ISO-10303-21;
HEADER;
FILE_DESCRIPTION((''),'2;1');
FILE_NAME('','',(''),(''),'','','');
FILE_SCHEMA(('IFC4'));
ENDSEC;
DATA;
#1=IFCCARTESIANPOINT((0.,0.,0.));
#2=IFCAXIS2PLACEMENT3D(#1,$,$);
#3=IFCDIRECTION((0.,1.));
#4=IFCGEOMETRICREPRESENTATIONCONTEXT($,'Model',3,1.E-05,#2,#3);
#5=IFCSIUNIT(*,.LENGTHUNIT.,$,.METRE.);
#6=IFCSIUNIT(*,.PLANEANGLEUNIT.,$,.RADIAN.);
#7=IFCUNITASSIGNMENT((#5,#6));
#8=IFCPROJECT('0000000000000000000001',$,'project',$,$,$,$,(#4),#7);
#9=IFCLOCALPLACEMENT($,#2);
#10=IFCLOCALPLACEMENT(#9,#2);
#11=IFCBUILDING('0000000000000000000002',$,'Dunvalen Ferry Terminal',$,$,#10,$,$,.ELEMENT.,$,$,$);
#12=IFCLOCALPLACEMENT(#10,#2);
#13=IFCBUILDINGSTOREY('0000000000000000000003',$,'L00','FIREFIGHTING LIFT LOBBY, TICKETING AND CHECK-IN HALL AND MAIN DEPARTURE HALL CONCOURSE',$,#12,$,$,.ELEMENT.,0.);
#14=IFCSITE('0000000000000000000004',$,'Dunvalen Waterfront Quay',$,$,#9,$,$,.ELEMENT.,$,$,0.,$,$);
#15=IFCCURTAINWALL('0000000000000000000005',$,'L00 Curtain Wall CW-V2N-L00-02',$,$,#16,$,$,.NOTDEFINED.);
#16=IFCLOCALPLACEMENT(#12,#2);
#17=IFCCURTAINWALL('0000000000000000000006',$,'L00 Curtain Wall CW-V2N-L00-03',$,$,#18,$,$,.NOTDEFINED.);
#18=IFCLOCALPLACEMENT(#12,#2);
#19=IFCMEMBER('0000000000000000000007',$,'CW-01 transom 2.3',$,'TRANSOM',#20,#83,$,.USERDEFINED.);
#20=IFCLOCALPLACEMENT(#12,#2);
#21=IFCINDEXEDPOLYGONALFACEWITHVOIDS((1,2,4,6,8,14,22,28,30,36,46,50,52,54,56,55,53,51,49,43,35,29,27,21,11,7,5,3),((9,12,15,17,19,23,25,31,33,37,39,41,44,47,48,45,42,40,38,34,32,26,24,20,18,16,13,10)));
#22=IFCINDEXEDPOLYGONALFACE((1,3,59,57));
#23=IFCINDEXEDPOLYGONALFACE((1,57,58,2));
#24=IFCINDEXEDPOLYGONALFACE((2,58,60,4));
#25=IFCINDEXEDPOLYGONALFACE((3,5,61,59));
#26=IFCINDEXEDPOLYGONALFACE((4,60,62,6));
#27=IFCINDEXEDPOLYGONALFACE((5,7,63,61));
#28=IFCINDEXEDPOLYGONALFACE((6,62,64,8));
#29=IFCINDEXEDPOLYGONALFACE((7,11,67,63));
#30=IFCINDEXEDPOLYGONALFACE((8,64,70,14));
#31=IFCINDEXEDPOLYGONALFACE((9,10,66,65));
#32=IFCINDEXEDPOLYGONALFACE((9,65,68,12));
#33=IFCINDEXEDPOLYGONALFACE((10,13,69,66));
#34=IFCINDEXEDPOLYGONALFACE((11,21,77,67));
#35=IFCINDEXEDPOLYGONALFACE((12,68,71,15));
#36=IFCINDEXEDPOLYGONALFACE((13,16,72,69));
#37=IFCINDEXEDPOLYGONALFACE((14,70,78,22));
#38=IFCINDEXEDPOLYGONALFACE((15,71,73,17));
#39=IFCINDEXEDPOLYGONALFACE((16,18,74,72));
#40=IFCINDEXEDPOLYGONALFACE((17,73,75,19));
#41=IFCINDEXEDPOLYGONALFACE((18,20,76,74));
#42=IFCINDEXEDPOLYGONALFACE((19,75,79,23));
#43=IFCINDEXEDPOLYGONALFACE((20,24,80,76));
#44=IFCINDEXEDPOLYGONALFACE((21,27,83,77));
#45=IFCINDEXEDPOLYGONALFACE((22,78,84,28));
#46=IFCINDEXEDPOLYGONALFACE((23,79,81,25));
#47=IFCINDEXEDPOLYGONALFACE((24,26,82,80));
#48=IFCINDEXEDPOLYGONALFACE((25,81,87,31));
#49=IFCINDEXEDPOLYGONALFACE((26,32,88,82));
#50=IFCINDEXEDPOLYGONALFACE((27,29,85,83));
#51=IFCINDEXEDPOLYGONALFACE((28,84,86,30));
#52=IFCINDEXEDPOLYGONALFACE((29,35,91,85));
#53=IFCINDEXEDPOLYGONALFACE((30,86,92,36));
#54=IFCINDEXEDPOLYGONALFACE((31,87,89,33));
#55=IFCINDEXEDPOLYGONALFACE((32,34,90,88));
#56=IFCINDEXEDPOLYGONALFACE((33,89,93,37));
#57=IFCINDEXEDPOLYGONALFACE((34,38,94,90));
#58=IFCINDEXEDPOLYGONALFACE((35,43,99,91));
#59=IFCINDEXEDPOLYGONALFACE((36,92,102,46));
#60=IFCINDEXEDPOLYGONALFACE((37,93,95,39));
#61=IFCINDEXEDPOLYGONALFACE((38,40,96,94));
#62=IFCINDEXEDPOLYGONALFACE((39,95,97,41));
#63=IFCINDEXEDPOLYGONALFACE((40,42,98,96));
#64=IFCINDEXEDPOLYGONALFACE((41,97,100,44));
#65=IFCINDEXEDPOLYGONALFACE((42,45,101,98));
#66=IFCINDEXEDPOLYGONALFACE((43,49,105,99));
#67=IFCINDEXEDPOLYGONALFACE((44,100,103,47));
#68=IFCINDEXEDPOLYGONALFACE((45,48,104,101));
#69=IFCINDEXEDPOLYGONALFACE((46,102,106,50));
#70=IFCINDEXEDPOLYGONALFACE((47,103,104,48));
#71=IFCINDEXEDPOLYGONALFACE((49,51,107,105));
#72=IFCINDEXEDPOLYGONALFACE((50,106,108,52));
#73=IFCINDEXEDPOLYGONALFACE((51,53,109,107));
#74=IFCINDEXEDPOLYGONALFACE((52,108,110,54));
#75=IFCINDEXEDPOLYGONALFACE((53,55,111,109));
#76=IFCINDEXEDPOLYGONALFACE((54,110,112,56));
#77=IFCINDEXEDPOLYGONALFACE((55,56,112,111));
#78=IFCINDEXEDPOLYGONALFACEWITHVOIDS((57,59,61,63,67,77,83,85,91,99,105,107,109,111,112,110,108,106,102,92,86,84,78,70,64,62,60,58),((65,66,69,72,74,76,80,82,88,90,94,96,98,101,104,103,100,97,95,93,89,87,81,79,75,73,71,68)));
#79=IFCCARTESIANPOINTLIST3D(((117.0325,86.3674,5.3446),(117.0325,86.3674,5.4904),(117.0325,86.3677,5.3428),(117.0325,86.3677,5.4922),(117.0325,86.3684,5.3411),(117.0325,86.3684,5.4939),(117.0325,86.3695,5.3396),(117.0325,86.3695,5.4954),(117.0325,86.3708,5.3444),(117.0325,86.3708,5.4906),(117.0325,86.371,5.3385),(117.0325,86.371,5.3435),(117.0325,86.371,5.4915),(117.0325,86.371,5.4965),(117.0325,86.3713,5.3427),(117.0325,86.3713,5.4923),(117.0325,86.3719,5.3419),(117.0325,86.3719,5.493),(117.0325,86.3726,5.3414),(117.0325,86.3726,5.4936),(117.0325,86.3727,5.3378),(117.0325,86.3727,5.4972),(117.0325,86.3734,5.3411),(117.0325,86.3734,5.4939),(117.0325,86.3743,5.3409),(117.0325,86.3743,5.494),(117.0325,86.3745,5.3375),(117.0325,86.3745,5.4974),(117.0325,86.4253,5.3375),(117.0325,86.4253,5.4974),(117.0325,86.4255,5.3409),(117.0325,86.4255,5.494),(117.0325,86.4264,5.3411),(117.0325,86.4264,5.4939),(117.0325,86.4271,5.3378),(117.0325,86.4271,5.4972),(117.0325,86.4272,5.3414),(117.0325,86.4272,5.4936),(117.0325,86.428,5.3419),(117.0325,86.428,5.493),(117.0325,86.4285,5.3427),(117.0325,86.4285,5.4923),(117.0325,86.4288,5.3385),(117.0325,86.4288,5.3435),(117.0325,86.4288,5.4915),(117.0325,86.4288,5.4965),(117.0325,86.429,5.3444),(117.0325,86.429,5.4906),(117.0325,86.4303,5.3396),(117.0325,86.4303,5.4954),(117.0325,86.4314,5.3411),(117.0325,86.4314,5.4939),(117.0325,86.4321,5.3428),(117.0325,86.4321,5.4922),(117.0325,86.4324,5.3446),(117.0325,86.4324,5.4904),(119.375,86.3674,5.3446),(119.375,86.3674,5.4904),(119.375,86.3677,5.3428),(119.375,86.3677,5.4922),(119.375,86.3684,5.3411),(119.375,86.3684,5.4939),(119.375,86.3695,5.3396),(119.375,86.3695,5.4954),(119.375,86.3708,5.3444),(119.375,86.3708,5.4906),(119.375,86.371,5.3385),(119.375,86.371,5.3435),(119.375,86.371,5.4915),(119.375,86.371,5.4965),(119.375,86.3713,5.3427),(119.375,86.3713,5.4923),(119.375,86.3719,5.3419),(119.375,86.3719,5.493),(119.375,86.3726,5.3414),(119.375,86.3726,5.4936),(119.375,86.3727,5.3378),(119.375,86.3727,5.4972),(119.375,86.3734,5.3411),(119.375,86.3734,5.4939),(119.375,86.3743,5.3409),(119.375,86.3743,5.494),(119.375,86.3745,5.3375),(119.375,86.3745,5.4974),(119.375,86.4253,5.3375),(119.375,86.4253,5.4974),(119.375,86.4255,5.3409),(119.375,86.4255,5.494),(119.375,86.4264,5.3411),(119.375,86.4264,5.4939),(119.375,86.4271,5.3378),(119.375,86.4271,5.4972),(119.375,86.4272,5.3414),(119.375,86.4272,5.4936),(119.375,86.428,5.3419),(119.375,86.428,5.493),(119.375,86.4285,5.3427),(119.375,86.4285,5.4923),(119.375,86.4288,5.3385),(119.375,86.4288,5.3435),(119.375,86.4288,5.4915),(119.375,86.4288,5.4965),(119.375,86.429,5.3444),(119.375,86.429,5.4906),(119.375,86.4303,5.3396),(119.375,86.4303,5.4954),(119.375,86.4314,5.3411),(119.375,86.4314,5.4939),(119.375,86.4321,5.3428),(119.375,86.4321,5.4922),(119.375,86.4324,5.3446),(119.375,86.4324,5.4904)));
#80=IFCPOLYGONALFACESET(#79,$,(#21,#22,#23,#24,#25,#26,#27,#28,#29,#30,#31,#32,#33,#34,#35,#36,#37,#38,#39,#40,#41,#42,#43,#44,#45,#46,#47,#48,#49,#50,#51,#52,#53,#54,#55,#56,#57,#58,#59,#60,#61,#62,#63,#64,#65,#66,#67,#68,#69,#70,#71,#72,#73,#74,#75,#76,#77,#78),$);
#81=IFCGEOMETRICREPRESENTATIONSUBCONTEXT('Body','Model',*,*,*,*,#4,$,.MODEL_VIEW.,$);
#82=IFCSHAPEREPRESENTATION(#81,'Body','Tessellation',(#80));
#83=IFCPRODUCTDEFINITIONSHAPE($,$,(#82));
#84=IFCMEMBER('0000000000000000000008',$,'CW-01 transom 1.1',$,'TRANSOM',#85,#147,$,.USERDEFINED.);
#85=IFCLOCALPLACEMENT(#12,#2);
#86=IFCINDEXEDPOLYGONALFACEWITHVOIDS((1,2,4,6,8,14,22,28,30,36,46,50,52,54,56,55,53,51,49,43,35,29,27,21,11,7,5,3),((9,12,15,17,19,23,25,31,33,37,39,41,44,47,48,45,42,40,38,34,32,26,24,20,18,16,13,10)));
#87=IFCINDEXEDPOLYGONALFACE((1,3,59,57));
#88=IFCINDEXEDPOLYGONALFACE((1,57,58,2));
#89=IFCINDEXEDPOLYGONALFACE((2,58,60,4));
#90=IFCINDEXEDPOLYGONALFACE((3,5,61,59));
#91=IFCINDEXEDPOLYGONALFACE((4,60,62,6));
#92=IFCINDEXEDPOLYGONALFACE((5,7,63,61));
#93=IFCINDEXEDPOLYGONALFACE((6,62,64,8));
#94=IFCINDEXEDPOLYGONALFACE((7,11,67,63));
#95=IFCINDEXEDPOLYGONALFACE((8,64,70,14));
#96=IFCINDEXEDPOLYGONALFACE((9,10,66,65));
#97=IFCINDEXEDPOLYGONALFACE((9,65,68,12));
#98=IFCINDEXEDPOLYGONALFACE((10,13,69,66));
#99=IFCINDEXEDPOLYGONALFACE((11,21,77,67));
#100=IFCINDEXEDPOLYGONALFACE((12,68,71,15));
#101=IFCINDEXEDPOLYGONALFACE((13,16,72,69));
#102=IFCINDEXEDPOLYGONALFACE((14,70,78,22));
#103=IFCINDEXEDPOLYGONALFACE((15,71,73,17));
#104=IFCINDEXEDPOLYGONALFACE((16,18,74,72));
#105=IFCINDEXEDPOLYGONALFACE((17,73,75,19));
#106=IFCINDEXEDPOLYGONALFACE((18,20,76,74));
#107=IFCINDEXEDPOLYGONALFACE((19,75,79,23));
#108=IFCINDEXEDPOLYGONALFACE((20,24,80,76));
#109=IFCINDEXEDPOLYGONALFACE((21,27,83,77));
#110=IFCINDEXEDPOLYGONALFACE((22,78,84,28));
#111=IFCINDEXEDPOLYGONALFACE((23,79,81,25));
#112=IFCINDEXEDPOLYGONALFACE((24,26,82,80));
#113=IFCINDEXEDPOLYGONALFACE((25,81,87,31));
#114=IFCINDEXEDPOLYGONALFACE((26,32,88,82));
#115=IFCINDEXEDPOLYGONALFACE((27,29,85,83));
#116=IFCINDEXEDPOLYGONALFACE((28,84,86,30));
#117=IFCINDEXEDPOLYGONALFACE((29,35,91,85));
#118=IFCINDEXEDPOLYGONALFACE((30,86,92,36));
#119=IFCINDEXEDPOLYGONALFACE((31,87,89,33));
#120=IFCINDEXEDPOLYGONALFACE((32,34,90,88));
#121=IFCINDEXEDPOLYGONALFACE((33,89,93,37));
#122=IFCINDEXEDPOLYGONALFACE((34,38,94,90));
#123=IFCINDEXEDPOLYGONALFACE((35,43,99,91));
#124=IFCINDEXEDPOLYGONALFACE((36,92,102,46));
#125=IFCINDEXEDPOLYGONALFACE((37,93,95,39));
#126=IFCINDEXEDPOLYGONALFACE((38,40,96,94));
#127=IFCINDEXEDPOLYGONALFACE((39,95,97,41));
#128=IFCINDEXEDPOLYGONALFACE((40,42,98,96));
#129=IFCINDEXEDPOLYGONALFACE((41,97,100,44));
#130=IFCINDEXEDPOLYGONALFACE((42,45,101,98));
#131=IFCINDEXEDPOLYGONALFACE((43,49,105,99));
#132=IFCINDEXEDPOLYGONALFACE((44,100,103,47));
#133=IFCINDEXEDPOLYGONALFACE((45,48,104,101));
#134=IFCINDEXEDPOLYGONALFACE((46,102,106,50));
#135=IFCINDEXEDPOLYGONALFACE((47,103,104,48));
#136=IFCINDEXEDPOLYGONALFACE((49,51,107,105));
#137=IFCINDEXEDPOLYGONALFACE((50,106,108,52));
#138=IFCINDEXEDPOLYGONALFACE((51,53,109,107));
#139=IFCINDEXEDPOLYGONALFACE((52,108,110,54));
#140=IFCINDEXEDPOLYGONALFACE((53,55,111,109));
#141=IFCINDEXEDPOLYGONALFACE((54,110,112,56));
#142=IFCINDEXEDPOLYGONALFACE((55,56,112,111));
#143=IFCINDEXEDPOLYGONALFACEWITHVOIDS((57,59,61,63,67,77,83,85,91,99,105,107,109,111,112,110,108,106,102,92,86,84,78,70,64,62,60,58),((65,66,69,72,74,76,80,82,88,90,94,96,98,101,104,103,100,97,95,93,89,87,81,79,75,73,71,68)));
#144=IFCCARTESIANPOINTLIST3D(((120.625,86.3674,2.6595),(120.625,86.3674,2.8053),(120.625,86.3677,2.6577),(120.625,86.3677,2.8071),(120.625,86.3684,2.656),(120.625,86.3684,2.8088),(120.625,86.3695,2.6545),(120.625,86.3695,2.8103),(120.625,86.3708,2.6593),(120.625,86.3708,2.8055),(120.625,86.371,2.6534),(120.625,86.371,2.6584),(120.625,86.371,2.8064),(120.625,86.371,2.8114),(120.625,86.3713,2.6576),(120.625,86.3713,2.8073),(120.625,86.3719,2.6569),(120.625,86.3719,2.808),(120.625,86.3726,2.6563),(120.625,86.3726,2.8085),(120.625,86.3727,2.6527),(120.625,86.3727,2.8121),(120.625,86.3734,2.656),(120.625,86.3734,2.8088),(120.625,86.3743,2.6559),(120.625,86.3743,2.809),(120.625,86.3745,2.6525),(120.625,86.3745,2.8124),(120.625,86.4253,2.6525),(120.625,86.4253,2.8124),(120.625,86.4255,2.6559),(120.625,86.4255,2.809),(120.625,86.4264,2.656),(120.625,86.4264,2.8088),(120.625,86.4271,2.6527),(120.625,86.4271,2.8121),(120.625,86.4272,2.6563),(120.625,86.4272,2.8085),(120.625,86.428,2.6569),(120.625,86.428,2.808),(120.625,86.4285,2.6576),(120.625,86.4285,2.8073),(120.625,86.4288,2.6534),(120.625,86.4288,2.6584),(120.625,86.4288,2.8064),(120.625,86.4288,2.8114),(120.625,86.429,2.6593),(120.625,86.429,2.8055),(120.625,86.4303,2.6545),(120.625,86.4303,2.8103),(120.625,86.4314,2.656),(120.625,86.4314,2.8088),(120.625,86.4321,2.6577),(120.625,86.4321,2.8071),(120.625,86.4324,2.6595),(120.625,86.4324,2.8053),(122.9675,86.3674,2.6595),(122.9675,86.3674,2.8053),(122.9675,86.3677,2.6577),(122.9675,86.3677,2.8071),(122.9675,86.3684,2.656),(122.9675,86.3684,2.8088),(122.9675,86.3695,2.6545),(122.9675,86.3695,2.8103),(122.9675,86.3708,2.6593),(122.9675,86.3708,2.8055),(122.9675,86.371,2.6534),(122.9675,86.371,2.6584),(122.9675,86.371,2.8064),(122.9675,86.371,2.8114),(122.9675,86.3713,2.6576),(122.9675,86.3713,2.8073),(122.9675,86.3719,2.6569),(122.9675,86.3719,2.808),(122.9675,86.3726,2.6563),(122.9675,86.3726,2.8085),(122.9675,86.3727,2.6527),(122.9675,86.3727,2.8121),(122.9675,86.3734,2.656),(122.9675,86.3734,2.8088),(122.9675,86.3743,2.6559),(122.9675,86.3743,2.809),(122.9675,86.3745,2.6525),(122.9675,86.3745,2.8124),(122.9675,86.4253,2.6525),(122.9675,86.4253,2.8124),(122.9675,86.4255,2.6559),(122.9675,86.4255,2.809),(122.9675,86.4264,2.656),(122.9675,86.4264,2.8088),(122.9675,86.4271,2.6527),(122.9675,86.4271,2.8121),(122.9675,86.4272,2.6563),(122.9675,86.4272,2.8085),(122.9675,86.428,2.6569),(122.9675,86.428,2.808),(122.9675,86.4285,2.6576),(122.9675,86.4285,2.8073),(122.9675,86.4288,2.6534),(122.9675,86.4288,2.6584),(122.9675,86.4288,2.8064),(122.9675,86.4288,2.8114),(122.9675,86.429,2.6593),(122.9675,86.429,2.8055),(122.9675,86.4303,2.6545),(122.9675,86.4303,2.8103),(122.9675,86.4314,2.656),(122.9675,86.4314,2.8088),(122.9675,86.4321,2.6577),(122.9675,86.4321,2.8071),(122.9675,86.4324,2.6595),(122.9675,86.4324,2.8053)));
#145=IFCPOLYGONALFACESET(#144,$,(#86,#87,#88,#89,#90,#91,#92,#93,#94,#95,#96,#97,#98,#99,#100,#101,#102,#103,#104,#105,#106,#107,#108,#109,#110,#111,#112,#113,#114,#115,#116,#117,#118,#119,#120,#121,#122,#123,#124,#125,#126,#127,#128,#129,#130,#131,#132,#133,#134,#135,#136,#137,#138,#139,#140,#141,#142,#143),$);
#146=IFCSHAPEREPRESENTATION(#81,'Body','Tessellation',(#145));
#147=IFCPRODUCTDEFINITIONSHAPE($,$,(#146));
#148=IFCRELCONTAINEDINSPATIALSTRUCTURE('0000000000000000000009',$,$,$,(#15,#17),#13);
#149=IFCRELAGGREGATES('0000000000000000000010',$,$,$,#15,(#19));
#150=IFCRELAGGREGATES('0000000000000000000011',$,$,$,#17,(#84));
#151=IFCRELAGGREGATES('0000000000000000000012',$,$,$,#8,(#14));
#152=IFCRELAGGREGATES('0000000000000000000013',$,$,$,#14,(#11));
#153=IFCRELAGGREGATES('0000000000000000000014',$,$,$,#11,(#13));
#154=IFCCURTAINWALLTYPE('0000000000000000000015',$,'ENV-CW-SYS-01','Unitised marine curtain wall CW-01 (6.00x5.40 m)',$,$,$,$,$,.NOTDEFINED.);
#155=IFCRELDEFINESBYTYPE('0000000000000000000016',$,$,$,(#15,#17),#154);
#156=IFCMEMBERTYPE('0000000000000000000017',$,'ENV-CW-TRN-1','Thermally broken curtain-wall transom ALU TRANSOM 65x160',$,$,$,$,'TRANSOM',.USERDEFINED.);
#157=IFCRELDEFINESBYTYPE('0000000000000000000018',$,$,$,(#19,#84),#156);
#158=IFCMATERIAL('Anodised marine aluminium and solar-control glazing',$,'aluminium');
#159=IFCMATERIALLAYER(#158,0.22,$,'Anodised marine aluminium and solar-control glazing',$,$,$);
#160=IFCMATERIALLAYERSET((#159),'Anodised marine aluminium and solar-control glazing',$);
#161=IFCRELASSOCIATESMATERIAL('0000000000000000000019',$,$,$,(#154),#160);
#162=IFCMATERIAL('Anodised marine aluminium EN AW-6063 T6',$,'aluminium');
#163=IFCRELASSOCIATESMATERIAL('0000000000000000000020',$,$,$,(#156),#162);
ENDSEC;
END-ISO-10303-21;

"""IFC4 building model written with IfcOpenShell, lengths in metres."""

from ifc_helpers import new_model, si_unit, direction, frame, origin, origin_2d, place, context, subcontext, project, spatial, hollow_rectangle, extrude, material, layer, layer_set, material_profile, profile_set, type_object, element, aggregate, save


model = new_model("IFC4")

# Units and contexts
model_context = context("Model", 3, precision=1e-05, world=origin(), true_north=direction((0.0, 1.0)))
body_context = subcontext(model_context, "Body", "Model", "MODEL_VIEW")
ifc_project = project(units=[si_unit("LENGTHUNIT", "METRE"), si_unit("PLANEANGLEUNIT", "RADIAN")], contexts=[model_context])

# Site, building, storey
site_placement = place(None, origin())
site = spatial("IfcSite", under=ifc_project, at=site_placement, Name="Dunvalen Waterfront Quay", CompositionType="ELEMENT", RefElevation=0.0)
building_placement = place(site_placement, origin())
building = spatial("IfcBuilding", under=site, at=building_placement, Name="Dunvalen Ferry Terminal", CompositionType="ELEMENT")
storey_placement = place(building_placement, origin())
storey = spatial("IfcBuildingStorey", under=building, at=storey_placement, Name="L00", Description="FIREFIGHTING LIFT LOBBY, TICKETING AND CHECK-IN HALL AND MAIN DEPARTURE HALL CONCOURSE", CompositionType="ELEMENT", Elevation=0.0)

# Curtain walls
ifc_material_1 = material(Name="Anodised marine aluminium and solar-control glazing", Category="aluminium")
ifc_layer_1 = layer(ifc_material_1, 0.22, Name="Anodised marine aluminium and solar-control glazing")
ifc_layer_set_1 = layer_set([ifc_layer_1], Name="Anodised marine aluminium and solar-control glazing")
curtain_wall_type = type_object("IfcCurtainWallType", Name="ENV-CW-SYS-01", Description="Unitised marine curtain wall CW-01 (6.00x5.40 m)", PredefinedType="NOTDEFINED", material=ifc_layer_set_1)
curtain_wall_1_placement = place(storey_placement, origin())
curtain_wall_1 = element("IfcCurtainWall", 1, at=curtain_wall_1_placement, inside=storey, type_object=curtain_wall_type, Name="L00 Curtain Wall CW-V2N-L00-02", PredefinedType="NOTDEFINED")
ifc_material_2 = material(Name="Anodised marine aluminium EN AW-6063 T6", Category="aluminium")
curtain_wall_2_placement = place(storey_placement, origin())
curtain_wall_2 = element("IfcCurtainWall", 2, at=curtain_wall_2_placement, inside=storey, type_object=curtain_wall_type, Name="L00 Curtain Wall CW-V2N-L00-03", PredefinedType="NOTDEFINED")

# Members
ifc_material_profile_1 = material_profile(ifc_material_2, hollow_rectangle(XDim=0.0649, YDim=0.1599, WallThickness=0.0034, InnerFilletRadius=0.0034, OuterFilletRadius=0.0071, at=origin_2d()), Name="Anodised marine aluminium EN AW-6063 T6")
ifc_profile_set_1 = profile_set([ifc_material_profile_1], Name="Anodised marine aluminium EN AW-6063 T6")
member_type_1 = type_object("IfcMemberType", Name="ENV-CW-TRN-1", Description="Thermally broken curtain-wall transom ALU TRANSOM 65x160", ElementType="TRANSOM", PredefinedType="USERDEFINED", material=ifc_profile_set_1)
member_1_placement = place(storey_placement, frame((117.0325, 86.3999, 5.4175), z_axis=(1.0, 0.0, 0.0), x_axis=(0.0, 1.0, 0.0)))
member_1 = element("IfcMember", 3, at=member_1_placement, type_object=member_type_1, Name="CW-01 transom 2.3", ObjectType="TRANSOM", PredefinedType="USERDEFINED", context=body_context, shape_type="SweptSolid", body=[
    extrude(hollow_rectangle(XDim=0.0649, YDim=0.1599, WallThickness=0.0034, InnerFilletRadius=0.0034, OuterFilletRadius=0.0071, at=origin_2d()), origin(), (0.0, 0.0, 1.0), 2.3425),
])
member_2_placement = place(storey_placement, frame((120.625, 86.3999, 2.7324), z_axis=(1.0, 0.0, 0.0), x_axis=(0.0, 1.0, 0.0)))
member_2 = element("IfcMember", 4, at=member_2_placement, type_object=member_type_1, Name="CW-01 transom 1.1", ObjectType="TRANSOM", PredefinedType="USERDEFINED", context=body_context, shape_type="SweptSolid", body=[
    extrude(hollow_rectangle(XDim=0.0649, YDim=0.1599, WallThickness=0.0034, InnerFilletRadius=0.0034, OuterFilletRadius=0.0071, at=origin_2d()), origin(), (0.0, 0.0, 1.0), 2.3425),
])

aggregate(curtain_wall_1, [member_1])
aggregate(curtain_wall_2, [member_2])

save(model, "model.ifc")
